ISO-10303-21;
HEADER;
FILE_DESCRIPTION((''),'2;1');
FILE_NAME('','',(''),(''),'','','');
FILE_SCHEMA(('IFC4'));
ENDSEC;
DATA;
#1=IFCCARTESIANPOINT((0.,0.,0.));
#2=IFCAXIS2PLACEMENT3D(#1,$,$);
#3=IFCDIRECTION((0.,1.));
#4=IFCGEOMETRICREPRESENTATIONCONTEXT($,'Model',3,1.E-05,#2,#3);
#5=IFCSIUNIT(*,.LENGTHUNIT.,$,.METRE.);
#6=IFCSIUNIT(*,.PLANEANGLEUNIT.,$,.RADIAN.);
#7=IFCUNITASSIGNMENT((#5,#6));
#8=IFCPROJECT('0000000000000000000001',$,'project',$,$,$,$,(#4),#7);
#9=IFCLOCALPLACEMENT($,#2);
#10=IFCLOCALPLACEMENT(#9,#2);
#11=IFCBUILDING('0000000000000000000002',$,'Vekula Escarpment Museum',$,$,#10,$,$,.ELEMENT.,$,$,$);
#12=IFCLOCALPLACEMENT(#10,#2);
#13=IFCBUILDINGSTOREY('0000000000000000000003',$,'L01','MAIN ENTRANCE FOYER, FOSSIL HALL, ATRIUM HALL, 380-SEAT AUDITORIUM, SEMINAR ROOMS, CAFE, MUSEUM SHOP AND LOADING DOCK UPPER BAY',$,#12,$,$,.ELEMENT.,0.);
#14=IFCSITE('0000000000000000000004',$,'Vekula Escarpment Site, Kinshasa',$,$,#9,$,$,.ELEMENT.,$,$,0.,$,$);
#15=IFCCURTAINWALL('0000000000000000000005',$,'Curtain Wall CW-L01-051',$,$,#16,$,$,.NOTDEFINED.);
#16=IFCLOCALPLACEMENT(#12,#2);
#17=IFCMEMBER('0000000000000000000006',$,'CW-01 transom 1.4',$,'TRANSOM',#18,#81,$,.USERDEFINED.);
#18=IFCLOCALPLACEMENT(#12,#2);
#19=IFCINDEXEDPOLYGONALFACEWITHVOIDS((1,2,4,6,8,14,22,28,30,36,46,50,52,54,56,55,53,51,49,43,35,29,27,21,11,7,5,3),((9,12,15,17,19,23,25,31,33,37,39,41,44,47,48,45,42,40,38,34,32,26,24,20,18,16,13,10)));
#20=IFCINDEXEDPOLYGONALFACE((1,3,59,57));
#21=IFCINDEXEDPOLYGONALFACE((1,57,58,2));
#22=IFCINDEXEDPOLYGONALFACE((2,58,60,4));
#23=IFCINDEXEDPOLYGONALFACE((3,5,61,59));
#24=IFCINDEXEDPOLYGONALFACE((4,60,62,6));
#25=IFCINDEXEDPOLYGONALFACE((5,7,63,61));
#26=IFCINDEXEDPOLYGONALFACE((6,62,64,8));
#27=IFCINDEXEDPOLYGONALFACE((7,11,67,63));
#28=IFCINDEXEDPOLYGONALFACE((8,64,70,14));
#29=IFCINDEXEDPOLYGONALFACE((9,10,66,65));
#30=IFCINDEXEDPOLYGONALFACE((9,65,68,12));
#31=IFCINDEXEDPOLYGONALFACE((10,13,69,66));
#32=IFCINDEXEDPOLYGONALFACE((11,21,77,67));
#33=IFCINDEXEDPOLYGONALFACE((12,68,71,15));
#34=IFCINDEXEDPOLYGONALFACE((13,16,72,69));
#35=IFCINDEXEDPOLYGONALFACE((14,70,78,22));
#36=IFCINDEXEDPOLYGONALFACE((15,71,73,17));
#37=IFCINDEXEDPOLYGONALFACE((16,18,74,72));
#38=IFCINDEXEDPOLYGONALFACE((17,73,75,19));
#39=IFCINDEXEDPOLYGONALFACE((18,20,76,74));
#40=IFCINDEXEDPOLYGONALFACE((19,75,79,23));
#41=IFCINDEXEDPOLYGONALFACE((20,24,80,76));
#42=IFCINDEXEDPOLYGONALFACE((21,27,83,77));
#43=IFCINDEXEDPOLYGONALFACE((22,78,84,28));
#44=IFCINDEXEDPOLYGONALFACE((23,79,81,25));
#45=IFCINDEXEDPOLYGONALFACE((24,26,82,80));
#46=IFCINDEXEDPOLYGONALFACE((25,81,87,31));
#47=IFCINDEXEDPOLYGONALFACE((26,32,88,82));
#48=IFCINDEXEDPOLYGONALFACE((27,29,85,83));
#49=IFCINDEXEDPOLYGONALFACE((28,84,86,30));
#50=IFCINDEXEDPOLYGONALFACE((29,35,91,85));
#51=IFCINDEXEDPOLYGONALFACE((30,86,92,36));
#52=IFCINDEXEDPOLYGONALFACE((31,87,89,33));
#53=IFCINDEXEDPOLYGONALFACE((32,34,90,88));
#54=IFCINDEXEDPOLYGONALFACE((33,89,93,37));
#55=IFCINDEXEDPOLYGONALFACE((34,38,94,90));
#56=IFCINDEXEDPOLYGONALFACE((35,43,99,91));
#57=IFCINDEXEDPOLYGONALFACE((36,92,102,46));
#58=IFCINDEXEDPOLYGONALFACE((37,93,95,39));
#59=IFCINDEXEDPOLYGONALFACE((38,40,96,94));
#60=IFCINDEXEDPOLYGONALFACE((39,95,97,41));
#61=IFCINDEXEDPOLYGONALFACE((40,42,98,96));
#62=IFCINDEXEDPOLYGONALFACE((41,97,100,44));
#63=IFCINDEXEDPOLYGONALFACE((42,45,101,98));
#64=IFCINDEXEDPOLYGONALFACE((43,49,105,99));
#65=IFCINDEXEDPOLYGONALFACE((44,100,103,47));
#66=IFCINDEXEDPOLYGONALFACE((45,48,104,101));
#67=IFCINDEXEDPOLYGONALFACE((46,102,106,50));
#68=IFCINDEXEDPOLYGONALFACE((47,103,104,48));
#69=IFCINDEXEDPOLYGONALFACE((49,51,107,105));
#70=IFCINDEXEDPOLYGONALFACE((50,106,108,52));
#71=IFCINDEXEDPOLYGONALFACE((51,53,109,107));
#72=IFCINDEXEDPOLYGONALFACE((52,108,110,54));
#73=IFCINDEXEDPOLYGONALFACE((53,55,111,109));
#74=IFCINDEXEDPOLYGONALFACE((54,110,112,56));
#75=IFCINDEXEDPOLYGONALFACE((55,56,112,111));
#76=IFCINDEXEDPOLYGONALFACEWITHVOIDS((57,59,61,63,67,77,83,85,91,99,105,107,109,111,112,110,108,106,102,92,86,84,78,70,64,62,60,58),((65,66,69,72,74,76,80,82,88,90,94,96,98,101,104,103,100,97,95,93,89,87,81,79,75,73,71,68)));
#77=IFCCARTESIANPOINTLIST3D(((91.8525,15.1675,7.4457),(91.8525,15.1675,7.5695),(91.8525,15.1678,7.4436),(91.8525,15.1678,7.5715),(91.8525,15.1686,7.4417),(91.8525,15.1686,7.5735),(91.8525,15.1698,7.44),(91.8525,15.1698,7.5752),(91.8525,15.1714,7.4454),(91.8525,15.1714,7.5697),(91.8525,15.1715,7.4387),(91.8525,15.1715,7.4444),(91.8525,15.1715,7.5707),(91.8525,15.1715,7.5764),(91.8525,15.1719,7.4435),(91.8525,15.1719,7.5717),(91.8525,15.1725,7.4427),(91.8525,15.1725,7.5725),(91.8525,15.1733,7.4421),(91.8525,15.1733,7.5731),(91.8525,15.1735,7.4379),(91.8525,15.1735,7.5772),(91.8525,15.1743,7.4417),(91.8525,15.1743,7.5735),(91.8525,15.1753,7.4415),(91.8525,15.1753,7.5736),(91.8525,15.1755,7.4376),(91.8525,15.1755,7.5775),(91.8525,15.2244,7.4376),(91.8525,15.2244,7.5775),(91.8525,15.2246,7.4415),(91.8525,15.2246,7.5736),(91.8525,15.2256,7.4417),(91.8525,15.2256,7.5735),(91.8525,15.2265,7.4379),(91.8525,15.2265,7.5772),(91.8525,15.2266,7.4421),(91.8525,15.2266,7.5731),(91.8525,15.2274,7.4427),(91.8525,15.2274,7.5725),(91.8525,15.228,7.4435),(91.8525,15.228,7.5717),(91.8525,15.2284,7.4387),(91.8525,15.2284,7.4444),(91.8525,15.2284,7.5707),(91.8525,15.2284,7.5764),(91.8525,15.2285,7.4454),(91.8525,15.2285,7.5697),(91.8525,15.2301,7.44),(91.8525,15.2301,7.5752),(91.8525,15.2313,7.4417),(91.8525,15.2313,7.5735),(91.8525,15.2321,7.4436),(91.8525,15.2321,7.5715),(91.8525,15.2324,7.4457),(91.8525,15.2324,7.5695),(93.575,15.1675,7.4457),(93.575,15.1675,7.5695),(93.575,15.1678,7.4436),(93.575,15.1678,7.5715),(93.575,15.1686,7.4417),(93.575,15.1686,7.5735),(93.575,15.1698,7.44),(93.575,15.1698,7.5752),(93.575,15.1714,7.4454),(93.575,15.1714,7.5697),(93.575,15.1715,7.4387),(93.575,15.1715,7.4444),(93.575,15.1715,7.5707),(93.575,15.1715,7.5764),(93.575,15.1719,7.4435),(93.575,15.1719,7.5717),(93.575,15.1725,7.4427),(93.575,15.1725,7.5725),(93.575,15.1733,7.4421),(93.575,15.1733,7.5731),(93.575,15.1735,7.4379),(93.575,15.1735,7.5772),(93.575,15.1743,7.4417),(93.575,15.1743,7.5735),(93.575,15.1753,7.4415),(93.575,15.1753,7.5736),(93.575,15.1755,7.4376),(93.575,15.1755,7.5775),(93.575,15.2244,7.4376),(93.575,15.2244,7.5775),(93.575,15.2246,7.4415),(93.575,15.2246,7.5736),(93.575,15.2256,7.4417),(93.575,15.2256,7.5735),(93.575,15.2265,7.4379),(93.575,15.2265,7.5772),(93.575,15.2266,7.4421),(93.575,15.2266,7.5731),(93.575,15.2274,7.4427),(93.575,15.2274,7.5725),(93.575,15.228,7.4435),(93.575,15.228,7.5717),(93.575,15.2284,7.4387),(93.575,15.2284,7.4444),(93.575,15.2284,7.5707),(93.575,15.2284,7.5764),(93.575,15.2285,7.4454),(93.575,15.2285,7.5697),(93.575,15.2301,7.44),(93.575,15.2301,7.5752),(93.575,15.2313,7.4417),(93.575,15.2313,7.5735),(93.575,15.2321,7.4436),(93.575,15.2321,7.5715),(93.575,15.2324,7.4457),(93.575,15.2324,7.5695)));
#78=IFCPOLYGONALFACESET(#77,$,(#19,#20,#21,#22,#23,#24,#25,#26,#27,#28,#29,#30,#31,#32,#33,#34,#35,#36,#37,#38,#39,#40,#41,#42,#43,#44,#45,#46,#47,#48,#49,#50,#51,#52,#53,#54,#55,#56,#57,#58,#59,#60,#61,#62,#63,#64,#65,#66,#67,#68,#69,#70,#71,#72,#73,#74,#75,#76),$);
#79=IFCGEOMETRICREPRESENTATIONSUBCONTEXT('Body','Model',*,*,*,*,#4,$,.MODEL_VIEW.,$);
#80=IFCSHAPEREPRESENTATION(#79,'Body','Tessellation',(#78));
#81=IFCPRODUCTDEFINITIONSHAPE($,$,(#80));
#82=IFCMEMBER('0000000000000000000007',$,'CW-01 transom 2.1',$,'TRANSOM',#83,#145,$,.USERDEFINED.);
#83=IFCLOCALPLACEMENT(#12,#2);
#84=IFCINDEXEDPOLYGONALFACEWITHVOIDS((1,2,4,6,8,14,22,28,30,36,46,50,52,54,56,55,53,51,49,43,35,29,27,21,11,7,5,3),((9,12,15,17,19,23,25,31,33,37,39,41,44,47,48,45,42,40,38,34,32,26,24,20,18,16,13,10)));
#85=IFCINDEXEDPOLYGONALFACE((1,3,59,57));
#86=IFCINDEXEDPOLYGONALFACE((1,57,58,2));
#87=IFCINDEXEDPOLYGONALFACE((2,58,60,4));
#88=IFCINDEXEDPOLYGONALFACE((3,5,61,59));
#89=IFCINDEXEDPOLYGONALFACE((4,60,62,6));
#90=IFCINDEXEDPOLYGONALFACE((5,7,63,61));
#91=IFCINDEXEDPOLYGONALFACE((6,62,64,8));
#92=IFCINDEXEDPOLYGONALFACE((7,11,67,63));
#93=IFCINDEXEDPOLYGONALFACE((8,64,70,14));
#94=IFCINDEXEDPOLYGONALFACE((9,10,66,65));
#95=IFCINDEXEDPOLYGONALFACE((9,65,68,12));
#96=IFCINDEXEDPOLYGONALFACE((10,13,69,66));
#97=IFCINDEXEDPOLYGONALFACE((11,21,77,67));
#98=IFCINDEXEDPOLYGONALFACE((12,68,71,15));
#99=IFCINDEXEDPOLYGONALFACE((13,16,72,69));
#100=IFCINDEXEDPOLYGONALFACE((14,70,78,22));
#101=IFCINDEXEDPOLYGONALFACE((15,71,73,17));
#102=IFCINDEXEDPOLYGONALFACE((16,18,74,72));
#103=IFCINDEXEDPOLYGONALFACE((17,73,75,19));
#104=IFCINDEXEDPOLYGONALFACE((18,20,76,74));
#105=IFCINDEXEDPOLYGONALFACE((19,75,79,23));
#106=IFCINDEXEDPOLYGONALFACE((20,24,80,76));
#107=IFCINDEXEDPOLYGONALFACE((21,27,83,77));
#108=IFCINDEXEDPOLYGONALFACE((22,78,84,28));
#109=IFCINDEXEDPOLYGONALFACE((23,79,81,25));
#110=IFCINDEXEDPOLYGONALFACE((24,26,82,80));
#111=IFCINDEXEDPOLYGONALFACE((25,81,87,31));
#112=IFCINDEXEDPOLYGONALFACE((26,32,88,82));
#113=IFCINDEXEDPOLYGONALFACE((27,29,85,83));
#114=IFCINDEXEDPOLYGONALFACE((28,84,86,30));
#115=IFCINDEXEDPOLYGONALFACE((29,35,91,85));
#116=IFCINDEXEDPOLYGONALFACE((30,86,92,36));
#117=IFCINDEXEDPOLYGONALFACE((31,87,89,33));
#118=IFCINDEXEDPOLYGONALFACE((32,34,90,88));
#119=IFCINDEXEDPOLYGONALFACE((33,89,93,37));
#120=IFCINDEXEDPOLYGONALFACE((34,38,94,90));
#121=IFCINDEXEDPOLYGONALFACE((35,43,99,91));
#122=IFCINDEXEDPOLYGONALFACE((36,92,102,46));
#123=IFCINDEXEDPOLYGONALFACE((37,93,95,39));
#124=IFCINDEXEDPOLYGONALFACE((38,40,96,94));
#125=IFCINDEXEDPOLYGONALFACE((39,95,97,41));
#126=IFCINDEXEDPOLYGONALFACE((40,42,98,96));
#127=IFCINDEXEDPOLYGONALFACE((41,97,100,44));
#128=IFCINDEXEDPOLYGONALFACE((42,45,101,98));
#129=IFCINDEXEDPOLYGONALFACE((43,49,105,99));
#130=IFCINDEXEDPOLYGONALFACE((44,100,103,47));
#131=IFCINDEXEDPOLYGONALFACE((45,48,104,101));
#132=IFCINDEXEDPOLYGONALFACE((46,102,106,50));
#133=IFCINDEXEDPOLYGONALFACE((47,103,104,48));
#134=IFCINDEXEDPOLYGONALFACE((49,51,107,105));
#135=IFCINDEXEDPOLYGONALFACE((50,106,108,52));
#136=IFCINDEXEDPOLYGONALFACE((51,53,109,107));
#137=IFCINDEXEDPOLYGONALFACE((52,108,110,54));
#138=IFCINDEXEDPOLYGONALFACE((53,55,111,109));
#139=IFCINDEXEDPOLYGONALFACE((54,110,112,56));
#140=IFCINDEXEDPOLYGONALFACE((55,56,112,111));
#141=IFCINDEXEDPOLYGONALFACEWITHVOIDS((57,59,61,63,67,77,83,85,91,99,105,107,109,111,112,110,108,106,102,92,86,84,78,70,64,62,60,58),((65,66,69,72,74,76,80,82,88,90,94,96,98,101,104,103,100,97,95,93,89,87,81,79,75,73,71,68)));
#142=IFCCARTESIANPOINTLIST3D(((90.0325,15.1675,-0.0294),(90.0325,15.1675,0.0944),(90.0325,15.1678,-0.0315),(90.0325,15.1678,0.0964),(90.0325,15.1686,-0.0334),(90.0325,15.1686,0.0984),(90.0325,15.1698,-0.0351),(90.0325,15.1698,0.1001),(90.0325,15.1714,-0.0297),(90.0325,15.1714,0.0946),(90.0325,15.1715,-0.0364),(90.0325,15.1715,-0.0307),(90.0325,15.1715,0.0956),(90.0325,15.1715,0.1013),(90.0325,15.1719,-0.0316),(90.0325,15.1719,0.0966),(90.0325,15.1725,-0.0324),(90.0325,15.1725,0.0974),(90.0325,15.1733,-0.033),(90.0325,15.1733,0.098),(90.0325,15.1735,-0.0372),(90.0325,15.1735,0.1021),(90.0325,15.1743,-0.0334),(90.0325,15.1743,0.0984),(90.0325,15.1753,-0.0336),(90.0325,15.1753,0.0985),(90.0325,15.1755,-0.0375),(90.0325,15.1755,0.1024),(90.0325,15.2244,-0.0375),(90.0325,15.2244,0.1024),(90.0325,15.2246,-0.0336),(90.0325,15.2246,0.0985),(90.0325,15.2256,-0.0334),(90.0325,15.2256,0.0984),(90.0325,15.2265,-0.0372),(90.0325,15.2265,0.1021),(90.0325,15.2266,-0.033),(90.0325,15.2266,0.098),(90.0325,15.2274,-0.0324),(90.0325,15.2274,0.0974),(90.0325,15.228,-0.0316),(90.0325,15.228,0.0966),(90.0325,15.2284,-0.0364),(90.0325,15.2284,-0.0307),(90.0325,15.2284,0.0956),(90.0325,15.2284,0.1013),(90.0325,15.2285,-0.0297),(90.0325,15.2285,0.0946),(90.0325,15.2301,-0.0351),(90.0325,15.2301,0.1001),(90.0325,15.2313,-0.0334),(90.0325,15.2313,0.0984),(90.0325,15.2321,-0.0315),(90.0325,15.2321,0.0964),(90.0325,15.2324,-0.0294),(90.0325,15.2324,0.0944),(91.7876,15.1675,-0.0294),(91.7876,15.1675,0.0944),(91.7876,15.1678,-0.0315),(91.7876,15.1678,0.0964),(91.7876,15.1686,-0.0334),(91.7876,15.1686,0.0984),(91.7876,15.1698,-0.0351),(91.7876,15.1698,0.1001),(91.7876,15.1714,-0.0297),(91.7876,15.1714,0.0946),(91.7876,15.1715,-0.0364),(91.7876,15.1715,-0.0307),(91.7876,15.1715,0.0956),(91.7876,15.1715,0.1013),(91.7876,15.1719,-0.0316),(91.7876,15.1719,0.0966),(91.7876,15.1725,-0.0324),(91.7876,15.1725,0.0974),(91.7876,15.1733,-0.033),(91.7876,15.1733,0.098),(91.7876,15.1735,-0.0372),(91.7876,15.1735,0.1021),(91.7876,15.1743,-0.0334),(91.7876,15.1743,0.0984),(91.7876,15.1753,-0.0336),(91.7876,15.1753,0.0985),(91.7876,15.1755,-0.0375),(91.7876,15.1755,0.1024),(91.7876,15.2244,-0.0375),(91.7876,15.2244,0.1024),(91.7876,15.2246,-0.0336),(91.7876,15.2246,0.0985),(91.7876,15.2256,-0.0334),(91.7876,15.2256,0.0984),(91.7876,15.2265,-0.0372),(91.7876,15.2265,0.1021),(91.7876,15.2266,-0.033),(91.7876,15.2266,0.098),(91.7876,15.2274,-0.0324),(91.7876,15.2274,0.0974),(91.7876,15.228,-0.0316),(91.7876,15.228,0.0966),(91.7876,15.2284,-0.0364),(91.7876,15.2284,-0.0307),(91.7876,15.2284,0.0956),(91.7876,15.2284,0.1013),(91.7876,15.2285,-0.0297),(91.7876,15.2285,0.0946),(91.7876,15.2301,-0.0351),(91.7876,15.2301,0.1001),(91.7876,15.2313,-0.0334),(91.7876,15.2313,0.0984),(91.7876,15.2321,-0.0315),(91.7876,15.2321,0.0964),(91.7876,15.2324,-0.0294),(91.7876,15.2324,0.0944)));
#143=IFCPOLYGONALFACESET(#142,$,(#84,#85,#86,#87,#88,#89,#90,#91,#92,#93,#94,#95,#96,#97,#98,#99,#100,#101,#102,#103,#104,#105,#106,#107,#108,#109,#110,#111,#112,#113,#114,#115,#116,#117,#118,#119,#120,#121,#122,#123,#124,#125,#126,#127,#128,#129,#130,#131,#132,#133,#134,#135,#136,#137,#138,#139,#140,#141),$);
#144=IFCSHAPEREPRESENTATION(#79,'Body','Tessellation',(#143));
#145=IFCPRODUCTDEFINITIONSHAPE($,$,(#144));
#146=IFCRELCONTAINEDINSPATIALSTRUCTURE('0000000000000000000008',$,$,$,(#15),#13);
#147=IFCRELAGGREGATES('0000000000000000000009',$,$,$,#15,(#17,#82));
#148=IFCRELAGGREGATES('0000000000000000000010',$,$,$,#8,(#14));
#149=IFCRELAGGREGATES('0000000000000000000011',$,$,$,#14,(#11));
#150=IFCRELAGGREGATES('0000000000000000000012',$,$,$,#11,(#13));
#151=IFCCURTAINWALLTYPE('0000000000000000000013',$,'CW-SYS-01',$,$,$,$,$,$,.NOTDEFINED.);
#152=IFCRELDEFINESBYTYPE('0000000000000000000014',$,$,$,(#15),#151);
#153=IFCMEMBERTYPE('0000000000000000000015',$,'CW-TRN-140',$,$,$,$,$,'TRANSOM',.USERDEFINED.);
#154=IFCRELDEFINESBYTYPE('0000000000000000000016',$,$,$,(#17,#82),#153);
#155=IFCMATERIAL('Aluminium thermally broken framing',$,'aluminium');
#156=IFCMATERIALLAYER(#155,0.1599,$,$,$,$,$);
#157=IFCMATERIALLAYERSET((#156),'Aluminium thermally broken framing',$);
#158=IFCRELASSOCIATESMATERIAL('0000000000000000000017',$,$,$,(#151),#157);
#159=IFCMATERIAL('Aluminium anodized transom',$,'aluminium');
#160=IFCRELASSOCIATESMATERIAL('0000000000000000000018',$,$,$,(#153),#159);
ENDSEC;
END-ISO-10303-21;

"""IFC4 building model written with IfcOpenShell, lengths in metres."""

from ifc_helpers import new_model, si_unit, direction, frame, origin, origin_2d, place, context, subcontext, project, spatial, hollow_rectangle, extrude, material, layer, layer_set, material_profile, profile_set, type_object, element, aggregate, save


model = new_model("IFC4")

# Units and contexts
model_context = context("Model", 3, precision=1e-05, world=origin(), true_north=direction((0.0, 1.0)))
body_context = subcontext(model_context, "Body", "Model", "MODEL_VIEW")
ifc_project = project(units=[si_unit("LENGTHUNIT", "METRE"), si_unit("PLANEANGLEUNIT", "RADIAN")], contexts=[model_context])

# Site, building, storey
site_placement = place(None, origin())
site = spatial("IfcSite", under=ifc_project, at=site_placement, Name="Vekula Escarpment Site, Kinshasa", CompositionType="ELEMENT", RefElevation=0.0)
building_placement = place(site_placement, origin())
building = spatial("IfcBuilding", under=site, at=building_placement, Name="Vekula Escarpment Museum", CompositionType="ELEMENT")
storey_placement = place(building_placement, origin())
storey = spatial("IfcBuildingStorey", under=building, at=storey_placement, Name="L01", Description="MAIN ENTRANCE FOYER, FOSSIL HALL, ATRIUM HALL, 380-SEAT AUDITORIUM, SEMINAR ROOMS, CAFE, MUSEUM SHOP AND LOADING DOCK UPPER BAY", CompositionType="ELEMENT", Elevation=0.0)

# Curtain wall, members
ifc_material_1 = material(Name="Aluminium thermally broken framing", Category="aluminium")
ifc_layer_1 = layer(ifc_material_1, 0.1599)
ifc_layer_set_1 = layer_set([ifc_layer_1], Name="Aluminium thermally broken framing")
curtain_wall_type = type_object("IfcCurtainWallType", Name="CW-SYS-01", PredefinedType="NOTDEFINED", material=ifc_layer_set_1)
curtain_wall_placement = place(storey_placement, origin())
curtain_wall = element("IfcCurtainWall", 1, at=curtain_wall_placement, inside=storey, type_object=curtain_wall_type, Name="Curtain Wall CW-L01-051", PredefinedType="NOTDEFINED")
ifc_material_2 = material(Name="Aluminium anodized transom", Category="aluminium")
ifc_material_profile_1 = material_profile(ifc_material_2, hollow_rectangle(XDim=0.0649, YDim=0.1399, WallThickness=0.0039, InnerFilletRadius=0.0039, OuterFilletRadius=0.0081, at=origin_2d()), Name="ALU 140x65x4")
ifc_profile_set_1 = profile_set([ifc_material_profile_1], Name="Aluminium anodized transom")
member_type_1 = type_object("IfcMemberType", Name="CW-TRN-140", ElementType="TRANSOM", PredefinedType="USERDEFINED", material=ifc_profile_set_1)
member_1_placement = place(storey_placement, frame((93.575, 15.2, 7.5076), z_axis=(-1.0, 0.0, 0.0), x_axis=(0.0, -1.0, 0.0)))
member_1 = element("IfcMember", 2, at=member_1_placement, type_object=member_type_1, Name="CW-01 transom 1.4", ObjectType="TRANSOM", PredefinedType="USERDEFINED", context=body_context, shape_type="SweptSolid", body=[
    extrude(hollow_rectangle(XDim=0.0649, YDim=0.1399, WallThickness=0.0039, InnerFilletRadius=0.0039, OuterFilletRadius=0.0081, at=origin_2d()), origin(), (0.0, 0.0, 1.0), 1.7224),
])
member_2_placement = place(storey_placement, frame((91.7876, 15.2, 0.0325), z_axis=(-1.0, 0.0, 0.0), x_axis=(0.0, -1.0, 0.0)))
member_2 = element("IfcMember", 3, at=member_2_placement, type_object=member_type_1, Name="CW-01 transom 2.1", ObjectType="TRANSOM", PredefinedType="USERDEFINED", context=body_context, shape_type="SweptSolid", body=[
    extrude(hollow_rectangle(XDim=0.0649, YDim=0.1399, WallThickness=0.0039, InnerFilletRadius=0.0039, OuterFilletRadius=0.0081, at=origin_2d()), origin(), (0.0, 0.0, 1.0), 1.7551),
])
aggregate(curtain_wall, [member_1, member_2])

save(model, "model.ifc")
